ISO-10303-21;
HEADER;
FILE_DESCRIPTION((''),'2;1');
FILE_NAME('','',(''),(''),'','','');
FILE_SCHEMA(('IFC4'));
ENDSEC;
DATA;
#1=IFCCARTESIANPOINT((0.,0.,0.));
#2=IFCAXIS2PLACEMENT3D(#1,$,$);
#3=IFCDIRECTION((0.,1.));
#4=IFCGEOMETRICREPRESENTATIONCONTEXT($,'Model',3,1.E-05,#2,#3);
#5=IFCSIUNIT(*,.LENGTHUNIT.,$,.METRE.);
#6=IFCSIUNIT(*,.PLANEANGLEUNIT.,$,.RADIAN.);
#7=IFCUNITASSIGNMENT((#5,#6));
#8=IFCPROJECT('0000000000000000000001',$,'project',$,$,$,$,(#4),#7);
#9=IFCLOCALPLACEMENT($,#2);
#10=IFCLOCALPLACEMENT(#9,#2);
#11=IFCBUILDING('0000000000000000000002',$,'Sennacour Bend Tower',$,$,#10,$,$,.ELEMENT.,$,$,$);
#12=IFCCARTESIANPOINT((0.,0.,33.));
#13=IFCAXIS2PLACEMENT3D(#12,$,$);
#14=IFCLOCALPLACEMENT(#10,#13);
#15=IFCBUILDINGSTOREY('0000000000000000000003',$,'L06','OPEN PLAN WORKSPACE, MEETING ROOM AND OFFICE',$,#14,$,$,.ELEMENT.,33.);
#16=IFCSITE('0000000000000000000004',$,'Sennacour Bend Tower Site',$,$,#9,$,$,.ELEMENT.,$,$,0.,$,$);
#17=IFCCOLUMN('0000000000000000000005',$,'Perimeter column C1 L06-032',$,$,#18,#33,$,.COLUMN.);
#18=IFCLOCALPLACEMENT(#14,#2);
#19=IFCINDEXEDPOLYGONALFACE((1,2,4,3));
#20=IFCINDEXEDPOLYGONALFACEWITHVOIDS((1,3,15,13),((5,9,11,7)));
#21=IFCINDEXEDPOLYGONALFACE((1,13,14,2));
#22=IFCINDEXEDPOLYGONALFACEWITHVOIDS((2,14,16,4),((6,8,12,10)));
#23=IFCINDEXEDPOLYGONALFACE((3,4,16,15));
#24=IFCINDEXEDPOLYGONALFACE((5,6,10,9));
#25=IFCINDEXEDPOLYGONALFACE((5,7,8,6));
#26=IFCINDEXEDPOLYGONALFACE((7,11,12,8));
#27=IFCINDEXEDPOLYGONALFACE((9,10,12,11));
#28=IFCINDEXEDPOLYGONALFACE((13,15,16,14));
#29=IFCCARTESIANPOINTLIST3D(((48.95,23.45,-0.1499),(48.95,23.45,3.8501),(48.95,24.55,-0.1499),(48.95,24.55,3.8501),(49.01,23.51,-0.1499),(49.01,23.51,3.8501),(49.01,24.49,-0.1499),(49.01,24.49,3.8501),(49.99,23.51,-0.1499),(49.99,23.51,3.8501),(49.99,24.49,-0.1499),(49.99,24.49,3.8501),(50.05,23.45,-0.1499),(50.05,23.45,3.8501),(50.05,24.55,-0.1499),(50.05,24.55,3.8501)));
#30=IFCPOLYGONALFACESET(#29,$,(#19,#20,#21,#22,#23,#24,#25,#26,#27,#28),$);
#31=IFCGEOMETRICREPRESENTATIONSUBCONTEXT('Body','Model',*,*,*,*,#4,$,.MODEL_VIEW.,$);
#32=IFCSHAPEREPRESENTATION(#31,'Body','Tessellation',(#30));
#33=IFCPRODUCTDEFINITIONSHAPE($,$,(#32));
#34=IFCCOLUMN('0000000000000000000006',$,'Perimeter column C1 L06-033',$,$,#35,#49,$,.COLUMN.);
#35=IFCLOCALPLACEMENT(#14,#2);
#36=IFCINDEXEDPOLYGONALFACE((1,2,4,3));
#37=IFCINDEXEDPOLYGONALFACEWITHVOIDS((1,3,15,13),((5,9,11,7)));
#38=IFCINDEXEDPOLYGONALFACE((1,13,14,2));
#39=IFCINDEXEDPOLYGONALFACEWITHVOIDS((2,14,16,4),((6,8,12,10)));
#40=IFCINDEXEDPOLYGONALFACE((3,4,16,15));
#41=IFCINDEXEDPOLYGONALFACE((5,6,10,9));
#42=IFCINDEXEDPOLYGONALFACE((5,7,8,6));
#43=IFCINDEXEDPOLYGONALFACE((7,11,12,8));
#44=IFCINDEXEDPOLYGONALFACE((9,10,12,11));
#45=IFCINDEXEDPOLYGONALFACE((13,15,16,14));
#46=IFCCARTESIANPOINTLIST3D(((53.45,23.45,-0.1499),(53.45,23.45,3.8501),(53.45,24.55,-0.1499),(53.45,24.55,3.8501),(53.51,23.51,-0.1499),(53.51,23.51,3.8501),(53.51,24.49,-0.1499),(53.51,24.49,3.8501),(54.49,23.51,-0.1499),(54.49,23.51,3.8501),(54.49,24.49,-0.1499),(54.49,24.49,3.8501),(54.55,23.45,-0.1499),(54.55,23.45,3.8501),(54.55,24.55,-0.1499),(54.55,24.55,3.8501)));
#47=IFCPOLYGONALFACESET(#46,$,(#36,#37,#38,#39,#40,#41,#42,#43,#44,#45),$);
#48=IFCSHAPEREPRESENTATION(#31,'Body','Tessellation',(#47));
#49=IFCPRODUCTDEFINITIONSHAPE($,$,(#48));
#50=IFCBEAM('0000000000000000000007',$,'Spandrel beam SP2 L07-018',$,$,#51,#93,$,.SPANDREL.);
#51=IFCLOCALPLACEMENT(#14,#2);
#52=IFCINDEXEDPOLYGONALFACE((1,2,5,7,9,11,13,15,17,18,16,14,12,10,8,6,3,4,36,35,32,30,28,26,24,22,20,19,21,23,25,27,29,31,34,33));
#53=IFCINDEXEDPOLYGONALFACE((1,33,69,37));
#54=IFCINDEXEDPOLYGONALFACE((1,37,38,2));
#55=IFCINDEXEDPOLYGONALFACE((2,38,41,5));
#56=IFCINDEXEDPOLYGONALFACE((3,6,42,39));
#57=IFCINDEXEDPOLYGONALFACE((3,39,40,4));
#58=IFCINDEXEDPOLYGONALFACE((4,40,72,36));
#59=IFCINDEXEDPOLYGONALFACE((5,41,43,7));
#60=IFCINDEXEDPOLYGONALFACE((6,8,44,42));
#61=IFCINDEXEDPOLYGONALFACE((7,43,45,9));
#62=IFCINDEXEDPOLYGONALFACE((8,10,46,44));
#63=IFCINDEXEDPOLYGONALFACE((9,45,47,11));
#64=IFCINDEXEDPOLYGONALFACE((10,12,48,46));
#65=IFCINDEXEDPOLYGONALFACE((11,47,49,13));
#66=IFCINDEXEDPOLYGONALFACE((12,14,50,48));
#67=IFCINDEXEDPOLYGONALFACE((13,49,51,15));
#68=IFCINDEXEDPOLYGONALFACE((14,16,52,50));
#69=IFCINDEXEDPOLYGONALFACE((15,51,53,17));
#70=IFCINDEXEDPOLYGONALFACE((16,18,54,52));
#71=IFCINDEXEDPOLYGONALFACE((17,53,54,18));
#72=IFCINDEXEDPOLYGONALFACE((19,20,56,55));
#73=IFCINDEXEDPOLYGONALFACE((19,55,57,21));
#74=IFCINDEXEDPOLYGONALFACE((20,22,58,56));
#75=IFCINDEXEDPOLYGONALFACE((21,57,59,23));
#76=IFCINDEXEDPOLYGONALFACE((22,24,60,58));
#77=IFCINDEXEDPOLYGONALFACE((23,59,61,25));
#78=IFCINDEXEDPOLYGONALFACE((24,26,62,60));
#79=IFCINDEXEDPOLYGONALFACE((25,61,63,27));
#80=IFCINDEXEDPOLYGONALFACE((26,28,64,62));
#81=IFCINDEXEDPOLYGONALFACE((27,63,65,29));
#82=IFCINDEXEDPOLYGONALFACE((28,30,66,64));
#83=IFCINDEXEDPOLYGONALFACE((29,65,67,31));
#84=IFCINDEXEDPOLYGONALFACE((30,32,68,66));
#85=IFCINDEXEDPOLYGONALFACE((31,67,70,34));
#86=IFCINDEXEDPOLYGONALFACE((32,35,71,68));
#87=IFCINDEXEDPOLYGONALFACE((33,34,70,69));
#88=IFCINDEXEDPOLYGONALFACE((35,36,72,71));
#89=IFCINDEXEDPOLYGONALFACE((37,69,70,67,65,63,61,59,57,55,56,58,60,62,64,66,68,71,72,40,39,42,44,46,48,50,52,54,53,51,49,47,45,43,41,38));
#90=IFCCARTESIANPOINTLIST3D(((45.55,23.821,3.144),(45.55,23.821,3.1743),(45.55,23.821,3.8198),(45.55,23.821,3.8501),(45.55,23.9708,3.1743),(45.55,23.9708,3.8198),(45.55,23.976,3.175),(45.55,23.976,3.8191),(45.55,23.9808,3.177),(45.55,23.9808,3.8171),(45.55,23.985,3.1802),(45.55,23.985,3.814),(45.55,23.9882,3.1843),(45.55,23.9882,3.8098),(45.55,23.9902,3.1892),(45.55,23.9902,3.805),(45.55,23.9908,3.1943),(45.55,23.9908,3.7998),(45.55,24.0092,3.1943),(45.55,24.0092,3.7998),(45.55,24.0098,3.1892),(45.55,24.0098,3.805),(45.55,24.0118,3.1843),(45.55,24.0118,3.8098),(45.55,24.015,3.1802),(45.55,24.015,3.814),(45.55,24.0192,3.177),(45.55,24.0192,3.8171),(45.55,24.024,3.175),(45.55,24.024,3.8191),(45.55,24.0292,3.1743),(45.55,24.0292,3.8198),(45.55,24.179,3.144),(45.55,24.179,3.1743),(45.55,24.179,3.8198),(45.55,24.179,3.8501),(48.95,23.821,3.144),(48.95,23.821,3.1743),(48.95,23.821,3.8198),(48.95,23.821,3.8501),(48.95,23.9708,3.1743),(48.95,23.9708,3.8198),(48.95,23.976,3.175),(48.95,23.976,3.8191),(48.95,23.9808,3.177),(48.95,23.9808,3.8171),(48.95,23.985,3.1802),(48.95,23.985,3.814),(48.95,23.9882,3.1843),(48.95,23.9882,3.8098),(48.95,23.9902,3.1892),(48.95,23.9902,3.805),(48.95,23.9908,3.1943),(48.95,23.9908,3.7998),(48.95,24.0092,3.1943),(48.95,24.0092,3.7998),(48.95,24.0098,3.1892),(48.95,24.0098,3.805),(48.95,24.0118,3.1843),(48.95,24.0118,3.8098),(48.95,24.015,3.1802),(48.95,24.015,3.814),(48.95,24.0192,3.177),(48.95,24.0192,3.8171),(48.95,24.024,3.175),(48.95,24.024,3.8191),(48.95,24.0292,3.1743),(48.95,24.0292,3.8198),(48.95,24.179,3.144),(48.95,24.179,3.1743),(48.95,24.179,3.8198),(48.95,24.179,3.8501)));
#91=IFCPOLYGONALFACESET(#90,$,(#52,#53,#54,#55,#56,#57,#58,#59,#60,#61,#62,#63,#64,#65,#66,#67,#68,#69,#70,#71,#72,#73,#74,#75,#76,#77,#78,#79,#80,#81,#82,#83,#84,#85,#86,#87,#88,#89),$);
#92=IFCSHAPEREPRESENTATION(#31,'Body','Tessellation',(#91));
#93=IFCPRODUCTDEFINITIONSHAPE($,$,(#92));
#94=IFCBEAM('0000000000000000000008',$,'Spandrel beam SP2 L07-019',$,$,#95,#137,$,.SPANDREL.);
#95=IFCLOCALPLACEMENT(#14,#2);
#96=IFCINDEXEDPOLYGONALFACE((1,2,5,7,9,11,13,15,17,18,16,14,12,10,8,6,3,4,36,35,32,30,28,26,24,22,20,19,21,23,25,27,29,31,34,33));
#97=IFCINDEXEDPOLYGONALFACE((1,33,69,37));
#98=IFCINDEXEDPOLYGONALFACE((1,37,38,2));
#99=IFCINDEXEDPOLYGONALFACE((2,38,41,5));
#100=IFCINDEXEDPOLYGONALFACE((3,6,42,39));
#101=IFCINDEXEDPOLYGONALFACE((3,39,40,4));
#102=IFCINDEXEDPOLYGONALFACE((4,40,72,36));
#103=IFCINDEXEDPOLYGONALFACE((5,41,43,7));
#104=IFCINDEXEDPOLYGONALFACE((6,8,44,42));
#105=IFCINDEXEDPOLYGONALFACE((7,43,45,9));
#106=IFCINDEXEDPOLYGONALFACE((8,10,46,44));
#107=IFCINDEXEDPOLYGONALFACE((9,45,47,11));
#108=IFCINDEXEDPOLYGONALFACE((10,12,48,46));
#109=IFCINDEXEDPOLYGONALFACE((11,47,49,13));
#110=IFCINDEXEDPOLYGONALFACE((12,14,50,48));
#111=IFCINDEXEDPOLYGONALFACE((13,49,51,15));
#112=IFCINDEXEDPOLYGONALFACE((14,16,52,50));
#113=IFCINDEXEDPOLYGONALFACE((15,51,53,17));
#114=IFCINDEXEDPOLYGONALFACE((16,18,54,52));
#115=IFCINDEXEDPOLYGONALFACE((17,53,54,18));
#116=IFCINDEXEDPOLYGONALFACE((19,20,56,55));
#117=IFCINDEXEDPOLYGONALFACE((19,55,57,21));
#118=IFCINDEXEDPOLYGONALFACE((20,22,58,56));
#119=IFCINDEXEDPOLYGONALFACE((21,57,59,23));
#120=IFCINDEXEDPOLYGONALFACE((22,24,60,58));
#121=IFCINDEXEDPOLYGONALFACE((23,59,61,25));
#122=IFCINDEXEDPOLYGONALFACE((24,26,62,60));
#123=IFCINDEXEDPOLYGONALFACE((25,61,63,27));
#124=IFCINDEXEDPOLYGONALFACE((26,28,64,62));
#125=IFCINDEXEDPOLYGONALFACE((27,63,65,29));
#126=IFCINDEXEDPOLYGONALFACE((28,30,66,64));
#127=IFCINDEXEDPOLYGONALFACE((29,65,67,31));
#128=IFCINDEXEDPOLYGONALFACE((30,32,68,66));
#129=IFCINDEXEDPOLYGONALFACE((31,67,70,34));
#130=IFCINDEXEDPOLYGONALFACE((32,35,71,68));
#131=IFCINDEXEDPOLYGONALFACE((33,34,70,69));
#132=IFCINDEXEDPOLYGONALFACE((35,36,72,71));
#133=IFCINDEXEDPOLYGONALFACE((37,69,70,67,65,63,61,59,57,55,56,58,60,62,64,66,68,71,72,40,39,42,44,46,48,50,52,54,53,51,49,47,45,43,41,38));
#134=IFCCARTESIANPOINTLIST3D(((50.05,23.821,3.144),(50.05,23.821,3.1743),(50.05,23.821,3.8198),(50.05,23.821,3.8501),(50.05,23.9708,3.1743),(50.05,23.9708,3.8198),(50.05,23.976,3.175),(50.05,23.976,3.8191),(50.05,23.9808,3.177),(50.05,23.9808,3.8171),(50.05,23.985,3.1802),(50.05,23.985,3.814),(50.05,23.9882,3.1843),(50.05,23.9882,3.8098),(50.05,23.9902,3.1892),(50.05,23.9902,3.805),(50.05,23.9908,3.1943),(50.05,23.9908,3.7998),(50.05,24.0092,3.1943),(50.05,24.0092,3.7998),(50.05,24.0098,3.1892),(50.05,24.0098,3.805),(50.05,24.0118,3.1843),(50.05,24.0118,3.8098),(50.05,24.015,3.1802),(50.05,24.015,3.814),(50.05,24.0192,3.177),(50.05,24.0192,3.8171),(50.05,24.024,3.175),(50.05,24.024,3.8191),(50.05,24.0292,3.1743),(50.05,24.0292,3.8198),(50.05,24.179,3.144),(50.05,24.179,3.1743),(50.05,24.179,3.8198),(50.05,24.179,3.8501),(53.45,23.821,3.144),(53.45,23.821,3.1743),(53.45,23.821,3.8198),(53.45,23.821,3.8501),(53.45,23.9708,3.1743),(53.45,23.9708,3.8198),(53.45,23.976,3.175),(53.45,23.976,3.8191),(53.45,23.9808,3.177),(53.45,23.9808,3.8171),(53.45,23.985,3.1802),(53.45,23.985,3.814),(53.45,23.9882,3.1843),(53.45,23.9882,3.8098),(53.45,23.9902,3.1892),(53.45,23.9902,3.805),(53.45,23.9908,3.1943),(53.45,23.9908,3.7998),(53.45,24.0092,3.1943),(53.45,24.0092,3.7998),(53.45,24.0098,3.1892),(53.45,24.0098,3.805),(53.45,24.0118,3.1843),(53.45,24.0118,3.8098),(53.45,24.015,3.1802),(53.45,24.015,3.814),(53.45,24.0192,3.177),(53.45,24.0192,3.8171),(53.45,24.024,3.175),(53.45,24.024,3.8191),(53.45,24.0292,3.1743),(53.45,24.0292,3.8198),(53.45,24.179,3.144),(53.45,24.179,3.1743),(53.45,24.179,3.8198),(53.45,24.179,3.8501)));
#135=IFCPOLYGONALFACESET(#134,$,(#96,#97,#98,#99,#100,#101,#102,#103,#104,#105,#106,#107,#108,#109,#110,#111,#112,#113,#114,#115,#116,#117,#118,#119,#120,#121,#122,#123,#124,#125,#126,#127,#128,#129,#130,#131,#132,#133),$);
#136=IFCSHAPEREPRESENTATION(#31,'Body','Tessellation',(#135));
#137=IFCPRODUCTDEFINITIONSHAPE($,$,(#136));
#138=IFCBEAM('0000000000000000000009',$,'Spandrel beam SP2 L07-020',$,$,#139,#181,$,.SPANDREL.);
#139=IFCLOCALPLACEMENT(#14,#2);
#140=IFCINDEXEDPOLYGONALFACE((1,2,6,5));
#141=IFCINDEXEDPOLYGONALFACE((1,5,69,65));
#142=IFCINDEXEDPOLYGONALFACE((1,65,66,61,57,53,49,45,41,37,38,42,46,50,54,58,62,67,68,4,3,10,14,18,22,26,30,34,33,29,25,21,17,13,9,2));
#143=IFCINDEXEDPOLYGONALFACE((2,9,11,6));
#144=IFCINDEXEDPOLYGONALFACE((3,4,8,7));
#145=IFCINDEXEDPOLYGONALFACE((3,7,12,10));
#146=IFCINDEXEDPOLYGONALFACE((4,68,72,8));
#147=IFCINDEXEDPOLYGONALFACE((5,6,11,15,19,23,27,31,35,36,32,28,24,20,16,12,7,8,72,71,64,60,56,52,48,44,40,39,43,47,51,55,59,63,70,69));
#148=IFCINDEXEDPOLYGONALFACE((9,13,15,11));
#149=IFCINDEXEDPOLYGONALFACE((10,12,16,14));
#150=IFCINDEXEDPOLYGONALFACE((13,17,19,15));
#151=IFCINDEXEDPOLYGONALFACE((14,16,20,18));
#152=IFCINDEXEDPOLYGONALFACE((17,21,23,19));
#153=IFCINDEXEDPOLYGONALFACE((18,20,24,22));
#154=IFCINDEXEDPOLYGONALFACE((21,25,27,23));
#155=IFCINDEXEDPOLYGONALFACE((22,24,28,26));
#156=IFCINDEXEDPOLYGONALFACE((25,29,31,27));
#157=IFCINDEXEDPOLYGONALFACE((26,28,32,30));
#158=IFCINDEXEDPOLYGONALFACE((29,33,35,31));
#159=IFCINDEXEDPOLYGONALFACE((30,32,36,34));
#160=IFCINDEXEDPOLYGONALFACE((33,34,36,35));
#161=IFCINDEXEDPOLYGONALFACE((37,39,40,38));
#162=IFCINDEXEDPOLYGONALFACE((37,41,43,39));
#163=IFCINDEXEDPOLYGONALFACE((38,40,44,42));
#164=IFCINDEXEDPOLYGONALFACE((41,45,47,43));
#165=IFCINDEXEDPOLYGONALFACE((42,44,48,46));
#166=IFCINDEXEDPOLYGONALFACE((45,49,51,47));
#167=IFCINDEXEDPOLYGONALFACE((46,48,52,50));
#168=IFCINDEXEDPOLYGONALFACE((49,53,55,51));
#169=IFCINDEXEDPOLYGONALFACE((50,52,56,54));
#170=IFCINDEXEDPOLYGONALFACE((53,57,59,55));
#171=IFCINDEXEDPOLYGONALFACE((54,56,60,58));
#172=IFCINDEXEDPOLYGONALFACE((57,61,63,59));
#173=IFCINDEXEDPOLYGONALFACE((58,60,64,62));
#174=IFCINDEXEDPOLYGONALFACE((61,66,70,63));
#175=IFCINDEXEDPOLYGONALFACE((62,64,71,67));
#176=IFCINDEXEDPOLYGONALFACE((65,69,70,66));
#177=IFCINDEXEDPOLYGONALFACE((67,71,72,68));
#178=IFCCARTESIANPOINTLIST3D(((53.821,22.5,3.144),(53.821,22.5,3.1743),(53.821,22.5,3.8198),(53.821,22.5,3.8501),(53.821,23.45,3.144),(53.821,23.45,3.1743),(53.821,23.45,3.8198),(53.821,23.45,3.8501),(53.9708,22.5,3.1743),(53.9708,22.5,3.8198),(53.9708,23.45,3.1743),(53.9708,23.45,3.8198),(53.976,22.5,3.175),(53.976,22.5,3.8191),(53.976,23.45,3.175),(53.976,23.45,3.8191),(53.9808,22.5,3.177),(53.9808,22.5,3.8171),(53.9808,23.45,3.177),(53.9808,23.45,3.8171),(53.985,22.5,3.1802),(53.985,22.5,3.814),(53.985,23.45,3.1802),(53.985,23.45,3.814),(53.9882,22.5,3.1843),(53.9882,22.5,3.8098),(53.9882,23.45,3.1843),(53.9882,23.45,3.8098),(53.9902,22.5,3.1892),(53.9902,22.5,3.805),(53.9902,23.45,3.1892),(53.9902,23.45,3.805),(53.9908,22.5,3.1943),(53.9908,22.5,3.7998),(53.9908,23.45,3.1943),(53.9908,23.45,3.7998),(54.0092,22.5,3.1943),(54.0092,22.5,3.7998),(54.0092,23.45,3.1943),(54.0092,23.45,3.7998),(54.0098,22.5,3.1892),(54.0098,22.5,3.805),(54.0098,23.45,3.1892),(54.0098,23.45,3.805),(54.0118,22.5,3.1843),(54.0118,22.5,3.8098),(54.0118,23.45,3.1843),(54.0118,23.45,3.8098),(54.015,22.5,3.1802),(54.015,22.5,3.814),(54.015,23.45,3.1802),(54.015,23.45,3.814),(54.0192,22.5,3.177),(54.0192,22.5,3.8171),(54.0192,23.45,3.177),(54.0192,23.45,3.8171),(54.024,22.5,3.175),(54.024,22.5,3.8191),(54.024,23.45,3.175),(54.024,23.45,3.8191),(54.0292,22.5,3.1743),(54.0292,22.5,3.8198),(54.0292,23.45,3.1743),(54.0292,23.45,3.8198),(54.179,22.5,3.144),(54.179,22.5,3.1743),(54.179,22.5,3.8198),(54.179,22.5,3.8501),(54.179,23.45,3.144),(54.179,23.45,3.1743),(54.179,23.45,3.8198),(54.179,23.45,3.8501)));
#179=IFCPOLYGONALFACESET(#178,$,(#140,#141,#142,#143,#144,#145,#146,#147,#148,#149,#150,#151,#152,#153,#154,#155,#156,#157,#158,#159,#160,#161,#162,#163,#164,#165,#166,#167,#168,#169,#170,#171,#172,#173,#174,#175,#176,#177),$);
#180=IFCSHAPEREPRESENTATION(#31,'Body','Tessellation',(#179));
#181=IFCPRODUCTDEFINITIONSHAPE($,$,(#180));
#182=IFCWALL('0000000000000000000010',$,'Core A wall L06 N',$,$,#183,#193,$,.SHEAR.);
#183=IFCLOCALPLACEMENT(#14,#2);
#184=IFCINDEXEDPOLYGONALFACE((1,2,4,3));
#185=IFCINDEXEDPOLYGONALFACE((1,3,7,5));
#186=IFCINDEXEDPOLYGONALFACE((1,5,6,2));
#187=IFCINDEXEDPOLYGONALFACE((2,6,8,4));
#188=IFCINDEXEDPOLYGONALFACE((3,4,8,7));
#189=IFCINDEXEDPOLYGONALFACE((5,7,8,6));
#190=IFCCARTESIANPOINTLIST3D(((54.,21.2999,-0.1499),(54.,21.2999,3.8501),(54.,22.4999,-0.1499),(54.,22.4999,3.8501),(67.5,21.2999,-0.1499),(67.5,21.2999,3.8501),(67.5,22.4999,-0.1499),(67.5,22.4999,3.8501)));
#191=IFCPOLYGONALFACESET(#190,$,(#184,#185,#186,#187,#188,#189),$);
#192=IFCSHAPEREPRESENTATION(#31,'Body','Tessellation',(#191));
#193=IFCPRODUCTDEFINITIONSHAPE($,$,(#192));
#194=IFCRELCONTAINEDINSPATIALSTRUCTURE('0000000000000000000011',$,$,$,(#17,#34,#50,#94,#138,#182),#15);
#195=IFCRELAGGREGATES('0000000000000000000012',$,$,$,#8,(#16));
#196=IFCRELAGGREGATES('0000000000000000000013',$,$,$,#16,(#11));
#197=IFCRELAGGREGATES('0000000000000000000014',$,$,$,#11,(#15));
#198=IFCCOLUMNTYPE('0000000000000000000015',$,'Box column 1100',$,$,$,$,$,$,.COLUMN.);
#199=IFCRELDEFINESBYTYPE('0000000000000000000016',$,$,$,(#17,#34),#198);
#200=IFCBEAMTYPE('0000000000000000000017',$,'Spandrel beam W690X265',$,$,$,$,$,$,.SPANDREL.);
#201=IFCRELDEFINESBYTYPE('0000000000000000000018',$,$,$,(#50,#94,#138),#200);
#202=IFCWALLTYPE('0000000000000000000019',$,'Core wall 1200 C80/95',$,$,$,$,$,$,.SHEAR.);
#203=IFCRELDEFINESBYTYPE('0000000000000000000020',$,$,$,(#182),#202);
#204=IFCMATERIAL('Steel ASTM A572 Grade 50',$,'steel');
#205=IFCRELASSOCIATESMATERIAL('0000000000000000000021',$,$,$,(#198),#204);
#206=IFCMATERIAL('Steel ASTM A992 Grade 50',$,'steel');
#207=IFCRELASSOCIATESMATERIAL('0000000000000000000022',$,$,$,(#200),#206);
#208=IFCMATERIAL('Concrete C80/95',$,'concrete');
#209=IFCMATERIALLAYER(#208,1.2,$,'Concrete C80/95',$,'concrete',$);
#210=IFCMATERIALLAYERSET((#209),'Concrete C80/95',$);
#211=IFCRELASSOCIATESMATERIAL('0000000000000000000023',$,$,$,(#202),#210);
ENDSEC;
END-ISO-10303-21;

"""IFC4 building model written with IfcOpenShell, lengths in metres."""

from ifc_helpers import new_model, si_unit, direction, frame, frame_2d, origin, origin_2d, place, context, subcontext, project, spatial, rectangle, hollow_rectangle, i_section, extrude, material, layer, layer_set, material_profile, profile_set, type_object, element, save


model = new_model("IFC4")

# Units and contexts
model_context = context("Model", 3, precision=1e-05, world=origin(), true_north=direction((0.0, 1.0)))
body_context = subcontext(model_context, "Body", "Model", "MODEL_VIEW")
ifc_project = project(units=[si_unit("LENGTHUNIT", "METRE"), si_unit("PLANEANGLEUNIT", "RADIAN")], contexts=[model_context])

# Site, building, storey
site_placement = place(None, origin())
site = spatial("IfcSite", under=ifc_project, at=site_placement, Name="Sennacour Bend Tower Site", CompositionType="ELEMENT", RefElevation=0.0)
building_placement = place(site_placement, origin())
building = spatial("IfcBuilding", under=site, at=building_placement, Name="Sennacour Bend Tower", CompositionType="ELEMENT")
storey_placement = place(building_placement, frame((0.0, 0.0, 33.0)))
storey = spatial("IfcBuildingStorey", under=building, at=storey_placement, Name="L06", Description="OPEN PLAN WORKSPACE, MEETING ROOM AND OFFICE", CompositionType="ELEMENT", Elevation=33.0)

# Columns
ifc_material_1 = material(Name="Steel ASTM A572 Grade 50", Category="steel")
ifc_material_profile_1 = material_profile(ifc_material_1, hollow_rectangle(XDim=1.1001, YDim=1.1001, WallThickness=0.0601, at=origin_2d()), Name="Steel ASTM A572 Grade 50", Category="steel")
ifc_profile_set_1 = profile_set([ifc_material_profile_1], Name="Steel ASTM A572 Grade 50")
column_type = type_object("IfcColumnType", Name="Box column 1100", PredefinedType="COLUMN", material=ifc_profile_set_1)
for number, where, z_axis, x_axis, name in (
    (1, (49.5, 24.0, -0.1499), (0.0, 0.0, 1.0), (1.0, 0.0, 0.0), "Perimeter column C1 L06-032"),
    (2, (54.0, 24.0, -0.1499), (0.0, 0.0, 1.0), (1.0, 0.0, 0.0), "Perimeter column C1 L06-033"),
):
    element("IfcColumn", number, at=place(storey_placement, frame(where, z_axis=z_axis, x_axis=x_axis)), inside=storey, type_object=column_type, Name=name, PredefinedType="COLUMN", context=body_context, shape_type="SweptSolid", body=[
        extrude(hollow_rectangle(XDim=1.1001, YDim=1.1001, WallThickness=0.0601, at=origin_2d()), origin(), (0.0, 0.0, 1.0), 4.0),
    ])

# Beams
ifc_material_2 = material(Name="Steel ASTM A992 Grade 50", Category="steel")
ifc_material_profile_2 = material_profile(ifc_material_2, i_section(OverallWidth=0.3579, OverallDepth=0.7061, WebThickness=0.0183, FlangeThickness=0.0303, FilletRadius=0.02, at=origin_2d()), Name="Steel ASTM A992 Grade 50", Category="steel")
ifc_profile_set_2 = profile_set([ifc_material_profile_2], Name="Steel ASTM A992 Grade 50")
beam_type = type_object("IfcBeamType", Name="Spandrel beam W690X265", PredefinedType="SPANDREL", material=ifc_profile_set_2)
for number, where, z_axis, x_axis, name in (
    (3, (45.55, 24.0, 3.4971), (1.0, 0.0, 0.0), (0.0, 1.0, 0.0), "Spandrel beam SP2 L07-018"),
    (4, (50.05, 24.0, 3.4971), (1.0, 0.0, 0.0), (0.0, 1.0, 0.0), "Spandrel beam SP2 L07-019"),
):
    element("IfcBeam", number, at=place(storey_placement, frame(where, z_axis=z_axis, x_axis=x_axis)), inside=storey, type_object=beam_type, Name=name, PredefinedType="SPANDREL", context=body_context, shape_type="SweptSolid", body=[
        extrude(i_section(OverallWidth=0.3579, OverallDepth=0.7061, WebThickness=0.0183, FlangeThickness=0.0303, FilletRadius=0.02, at=origin_2d()), origin(), (0.0, 0.0, 1.0), 3.3999),
    ])
beam_placement = place(storey_placement, frame((54.0, 23.45, 3.4971), z_axis=(0.0, -1.0, 0.0), x_axis=(1.0, 0.0, 0.0)))
element("IfcBeam", 5, at=beam_placement, inside=storey, type_object=beam_type, Name="Spandrel beam SP2 L07-020", PredefinedType="SPANDREL", context=body_context, shape_type="SweptSolid", body=[
    extrude(i_section(OverallWidth=0.3579, OverallDepth=0.7061, WebThickness=0.0183, FlangeThickness=0.0303, FilletRadius=0.02, at=origin_2d()), origin(), (0.0, 0.0, 1.0), 0.95),
])

# Wall
ifc_material_3 = material(Name="Concrete C80/95", Category="concrete")
ifc_layer_1 = layer(ifc_material_3, 1.2, Name="Concrete C80/95", Category="concrete")
ifc_layer_set_1 = layer_set([ifc_layer_1], Name="Concrete C80/95")
wall_type_1 = type_object("IfcWallType", Name="Core wall 1200 C80/95", PredefinedType="SHEAR", material=ifc_layer_set_1)
wall_1_placement = place(storey_placement, frame((54.0, 21.8999, -0.1499), z_axis=(0.0, 0.0, 1.0), x_axis=(1.0, 0.0, 0.0)))
element("IfcWall", 6, at=wall_1_placement, inside=storey, type_object=wall_type_1, Name="Core A wall L06 N", PredefinedType="SHEAR", context=body_context, shape_type="SweptSolid", body=[
    extrude(rectangle(XDim=13.5, YDim=1.2, at=frame_2d((6.75, 0.0))), origin(), (0.0, 0.0, 1.0), 4.0),
])

save(model, "model.ifc")
